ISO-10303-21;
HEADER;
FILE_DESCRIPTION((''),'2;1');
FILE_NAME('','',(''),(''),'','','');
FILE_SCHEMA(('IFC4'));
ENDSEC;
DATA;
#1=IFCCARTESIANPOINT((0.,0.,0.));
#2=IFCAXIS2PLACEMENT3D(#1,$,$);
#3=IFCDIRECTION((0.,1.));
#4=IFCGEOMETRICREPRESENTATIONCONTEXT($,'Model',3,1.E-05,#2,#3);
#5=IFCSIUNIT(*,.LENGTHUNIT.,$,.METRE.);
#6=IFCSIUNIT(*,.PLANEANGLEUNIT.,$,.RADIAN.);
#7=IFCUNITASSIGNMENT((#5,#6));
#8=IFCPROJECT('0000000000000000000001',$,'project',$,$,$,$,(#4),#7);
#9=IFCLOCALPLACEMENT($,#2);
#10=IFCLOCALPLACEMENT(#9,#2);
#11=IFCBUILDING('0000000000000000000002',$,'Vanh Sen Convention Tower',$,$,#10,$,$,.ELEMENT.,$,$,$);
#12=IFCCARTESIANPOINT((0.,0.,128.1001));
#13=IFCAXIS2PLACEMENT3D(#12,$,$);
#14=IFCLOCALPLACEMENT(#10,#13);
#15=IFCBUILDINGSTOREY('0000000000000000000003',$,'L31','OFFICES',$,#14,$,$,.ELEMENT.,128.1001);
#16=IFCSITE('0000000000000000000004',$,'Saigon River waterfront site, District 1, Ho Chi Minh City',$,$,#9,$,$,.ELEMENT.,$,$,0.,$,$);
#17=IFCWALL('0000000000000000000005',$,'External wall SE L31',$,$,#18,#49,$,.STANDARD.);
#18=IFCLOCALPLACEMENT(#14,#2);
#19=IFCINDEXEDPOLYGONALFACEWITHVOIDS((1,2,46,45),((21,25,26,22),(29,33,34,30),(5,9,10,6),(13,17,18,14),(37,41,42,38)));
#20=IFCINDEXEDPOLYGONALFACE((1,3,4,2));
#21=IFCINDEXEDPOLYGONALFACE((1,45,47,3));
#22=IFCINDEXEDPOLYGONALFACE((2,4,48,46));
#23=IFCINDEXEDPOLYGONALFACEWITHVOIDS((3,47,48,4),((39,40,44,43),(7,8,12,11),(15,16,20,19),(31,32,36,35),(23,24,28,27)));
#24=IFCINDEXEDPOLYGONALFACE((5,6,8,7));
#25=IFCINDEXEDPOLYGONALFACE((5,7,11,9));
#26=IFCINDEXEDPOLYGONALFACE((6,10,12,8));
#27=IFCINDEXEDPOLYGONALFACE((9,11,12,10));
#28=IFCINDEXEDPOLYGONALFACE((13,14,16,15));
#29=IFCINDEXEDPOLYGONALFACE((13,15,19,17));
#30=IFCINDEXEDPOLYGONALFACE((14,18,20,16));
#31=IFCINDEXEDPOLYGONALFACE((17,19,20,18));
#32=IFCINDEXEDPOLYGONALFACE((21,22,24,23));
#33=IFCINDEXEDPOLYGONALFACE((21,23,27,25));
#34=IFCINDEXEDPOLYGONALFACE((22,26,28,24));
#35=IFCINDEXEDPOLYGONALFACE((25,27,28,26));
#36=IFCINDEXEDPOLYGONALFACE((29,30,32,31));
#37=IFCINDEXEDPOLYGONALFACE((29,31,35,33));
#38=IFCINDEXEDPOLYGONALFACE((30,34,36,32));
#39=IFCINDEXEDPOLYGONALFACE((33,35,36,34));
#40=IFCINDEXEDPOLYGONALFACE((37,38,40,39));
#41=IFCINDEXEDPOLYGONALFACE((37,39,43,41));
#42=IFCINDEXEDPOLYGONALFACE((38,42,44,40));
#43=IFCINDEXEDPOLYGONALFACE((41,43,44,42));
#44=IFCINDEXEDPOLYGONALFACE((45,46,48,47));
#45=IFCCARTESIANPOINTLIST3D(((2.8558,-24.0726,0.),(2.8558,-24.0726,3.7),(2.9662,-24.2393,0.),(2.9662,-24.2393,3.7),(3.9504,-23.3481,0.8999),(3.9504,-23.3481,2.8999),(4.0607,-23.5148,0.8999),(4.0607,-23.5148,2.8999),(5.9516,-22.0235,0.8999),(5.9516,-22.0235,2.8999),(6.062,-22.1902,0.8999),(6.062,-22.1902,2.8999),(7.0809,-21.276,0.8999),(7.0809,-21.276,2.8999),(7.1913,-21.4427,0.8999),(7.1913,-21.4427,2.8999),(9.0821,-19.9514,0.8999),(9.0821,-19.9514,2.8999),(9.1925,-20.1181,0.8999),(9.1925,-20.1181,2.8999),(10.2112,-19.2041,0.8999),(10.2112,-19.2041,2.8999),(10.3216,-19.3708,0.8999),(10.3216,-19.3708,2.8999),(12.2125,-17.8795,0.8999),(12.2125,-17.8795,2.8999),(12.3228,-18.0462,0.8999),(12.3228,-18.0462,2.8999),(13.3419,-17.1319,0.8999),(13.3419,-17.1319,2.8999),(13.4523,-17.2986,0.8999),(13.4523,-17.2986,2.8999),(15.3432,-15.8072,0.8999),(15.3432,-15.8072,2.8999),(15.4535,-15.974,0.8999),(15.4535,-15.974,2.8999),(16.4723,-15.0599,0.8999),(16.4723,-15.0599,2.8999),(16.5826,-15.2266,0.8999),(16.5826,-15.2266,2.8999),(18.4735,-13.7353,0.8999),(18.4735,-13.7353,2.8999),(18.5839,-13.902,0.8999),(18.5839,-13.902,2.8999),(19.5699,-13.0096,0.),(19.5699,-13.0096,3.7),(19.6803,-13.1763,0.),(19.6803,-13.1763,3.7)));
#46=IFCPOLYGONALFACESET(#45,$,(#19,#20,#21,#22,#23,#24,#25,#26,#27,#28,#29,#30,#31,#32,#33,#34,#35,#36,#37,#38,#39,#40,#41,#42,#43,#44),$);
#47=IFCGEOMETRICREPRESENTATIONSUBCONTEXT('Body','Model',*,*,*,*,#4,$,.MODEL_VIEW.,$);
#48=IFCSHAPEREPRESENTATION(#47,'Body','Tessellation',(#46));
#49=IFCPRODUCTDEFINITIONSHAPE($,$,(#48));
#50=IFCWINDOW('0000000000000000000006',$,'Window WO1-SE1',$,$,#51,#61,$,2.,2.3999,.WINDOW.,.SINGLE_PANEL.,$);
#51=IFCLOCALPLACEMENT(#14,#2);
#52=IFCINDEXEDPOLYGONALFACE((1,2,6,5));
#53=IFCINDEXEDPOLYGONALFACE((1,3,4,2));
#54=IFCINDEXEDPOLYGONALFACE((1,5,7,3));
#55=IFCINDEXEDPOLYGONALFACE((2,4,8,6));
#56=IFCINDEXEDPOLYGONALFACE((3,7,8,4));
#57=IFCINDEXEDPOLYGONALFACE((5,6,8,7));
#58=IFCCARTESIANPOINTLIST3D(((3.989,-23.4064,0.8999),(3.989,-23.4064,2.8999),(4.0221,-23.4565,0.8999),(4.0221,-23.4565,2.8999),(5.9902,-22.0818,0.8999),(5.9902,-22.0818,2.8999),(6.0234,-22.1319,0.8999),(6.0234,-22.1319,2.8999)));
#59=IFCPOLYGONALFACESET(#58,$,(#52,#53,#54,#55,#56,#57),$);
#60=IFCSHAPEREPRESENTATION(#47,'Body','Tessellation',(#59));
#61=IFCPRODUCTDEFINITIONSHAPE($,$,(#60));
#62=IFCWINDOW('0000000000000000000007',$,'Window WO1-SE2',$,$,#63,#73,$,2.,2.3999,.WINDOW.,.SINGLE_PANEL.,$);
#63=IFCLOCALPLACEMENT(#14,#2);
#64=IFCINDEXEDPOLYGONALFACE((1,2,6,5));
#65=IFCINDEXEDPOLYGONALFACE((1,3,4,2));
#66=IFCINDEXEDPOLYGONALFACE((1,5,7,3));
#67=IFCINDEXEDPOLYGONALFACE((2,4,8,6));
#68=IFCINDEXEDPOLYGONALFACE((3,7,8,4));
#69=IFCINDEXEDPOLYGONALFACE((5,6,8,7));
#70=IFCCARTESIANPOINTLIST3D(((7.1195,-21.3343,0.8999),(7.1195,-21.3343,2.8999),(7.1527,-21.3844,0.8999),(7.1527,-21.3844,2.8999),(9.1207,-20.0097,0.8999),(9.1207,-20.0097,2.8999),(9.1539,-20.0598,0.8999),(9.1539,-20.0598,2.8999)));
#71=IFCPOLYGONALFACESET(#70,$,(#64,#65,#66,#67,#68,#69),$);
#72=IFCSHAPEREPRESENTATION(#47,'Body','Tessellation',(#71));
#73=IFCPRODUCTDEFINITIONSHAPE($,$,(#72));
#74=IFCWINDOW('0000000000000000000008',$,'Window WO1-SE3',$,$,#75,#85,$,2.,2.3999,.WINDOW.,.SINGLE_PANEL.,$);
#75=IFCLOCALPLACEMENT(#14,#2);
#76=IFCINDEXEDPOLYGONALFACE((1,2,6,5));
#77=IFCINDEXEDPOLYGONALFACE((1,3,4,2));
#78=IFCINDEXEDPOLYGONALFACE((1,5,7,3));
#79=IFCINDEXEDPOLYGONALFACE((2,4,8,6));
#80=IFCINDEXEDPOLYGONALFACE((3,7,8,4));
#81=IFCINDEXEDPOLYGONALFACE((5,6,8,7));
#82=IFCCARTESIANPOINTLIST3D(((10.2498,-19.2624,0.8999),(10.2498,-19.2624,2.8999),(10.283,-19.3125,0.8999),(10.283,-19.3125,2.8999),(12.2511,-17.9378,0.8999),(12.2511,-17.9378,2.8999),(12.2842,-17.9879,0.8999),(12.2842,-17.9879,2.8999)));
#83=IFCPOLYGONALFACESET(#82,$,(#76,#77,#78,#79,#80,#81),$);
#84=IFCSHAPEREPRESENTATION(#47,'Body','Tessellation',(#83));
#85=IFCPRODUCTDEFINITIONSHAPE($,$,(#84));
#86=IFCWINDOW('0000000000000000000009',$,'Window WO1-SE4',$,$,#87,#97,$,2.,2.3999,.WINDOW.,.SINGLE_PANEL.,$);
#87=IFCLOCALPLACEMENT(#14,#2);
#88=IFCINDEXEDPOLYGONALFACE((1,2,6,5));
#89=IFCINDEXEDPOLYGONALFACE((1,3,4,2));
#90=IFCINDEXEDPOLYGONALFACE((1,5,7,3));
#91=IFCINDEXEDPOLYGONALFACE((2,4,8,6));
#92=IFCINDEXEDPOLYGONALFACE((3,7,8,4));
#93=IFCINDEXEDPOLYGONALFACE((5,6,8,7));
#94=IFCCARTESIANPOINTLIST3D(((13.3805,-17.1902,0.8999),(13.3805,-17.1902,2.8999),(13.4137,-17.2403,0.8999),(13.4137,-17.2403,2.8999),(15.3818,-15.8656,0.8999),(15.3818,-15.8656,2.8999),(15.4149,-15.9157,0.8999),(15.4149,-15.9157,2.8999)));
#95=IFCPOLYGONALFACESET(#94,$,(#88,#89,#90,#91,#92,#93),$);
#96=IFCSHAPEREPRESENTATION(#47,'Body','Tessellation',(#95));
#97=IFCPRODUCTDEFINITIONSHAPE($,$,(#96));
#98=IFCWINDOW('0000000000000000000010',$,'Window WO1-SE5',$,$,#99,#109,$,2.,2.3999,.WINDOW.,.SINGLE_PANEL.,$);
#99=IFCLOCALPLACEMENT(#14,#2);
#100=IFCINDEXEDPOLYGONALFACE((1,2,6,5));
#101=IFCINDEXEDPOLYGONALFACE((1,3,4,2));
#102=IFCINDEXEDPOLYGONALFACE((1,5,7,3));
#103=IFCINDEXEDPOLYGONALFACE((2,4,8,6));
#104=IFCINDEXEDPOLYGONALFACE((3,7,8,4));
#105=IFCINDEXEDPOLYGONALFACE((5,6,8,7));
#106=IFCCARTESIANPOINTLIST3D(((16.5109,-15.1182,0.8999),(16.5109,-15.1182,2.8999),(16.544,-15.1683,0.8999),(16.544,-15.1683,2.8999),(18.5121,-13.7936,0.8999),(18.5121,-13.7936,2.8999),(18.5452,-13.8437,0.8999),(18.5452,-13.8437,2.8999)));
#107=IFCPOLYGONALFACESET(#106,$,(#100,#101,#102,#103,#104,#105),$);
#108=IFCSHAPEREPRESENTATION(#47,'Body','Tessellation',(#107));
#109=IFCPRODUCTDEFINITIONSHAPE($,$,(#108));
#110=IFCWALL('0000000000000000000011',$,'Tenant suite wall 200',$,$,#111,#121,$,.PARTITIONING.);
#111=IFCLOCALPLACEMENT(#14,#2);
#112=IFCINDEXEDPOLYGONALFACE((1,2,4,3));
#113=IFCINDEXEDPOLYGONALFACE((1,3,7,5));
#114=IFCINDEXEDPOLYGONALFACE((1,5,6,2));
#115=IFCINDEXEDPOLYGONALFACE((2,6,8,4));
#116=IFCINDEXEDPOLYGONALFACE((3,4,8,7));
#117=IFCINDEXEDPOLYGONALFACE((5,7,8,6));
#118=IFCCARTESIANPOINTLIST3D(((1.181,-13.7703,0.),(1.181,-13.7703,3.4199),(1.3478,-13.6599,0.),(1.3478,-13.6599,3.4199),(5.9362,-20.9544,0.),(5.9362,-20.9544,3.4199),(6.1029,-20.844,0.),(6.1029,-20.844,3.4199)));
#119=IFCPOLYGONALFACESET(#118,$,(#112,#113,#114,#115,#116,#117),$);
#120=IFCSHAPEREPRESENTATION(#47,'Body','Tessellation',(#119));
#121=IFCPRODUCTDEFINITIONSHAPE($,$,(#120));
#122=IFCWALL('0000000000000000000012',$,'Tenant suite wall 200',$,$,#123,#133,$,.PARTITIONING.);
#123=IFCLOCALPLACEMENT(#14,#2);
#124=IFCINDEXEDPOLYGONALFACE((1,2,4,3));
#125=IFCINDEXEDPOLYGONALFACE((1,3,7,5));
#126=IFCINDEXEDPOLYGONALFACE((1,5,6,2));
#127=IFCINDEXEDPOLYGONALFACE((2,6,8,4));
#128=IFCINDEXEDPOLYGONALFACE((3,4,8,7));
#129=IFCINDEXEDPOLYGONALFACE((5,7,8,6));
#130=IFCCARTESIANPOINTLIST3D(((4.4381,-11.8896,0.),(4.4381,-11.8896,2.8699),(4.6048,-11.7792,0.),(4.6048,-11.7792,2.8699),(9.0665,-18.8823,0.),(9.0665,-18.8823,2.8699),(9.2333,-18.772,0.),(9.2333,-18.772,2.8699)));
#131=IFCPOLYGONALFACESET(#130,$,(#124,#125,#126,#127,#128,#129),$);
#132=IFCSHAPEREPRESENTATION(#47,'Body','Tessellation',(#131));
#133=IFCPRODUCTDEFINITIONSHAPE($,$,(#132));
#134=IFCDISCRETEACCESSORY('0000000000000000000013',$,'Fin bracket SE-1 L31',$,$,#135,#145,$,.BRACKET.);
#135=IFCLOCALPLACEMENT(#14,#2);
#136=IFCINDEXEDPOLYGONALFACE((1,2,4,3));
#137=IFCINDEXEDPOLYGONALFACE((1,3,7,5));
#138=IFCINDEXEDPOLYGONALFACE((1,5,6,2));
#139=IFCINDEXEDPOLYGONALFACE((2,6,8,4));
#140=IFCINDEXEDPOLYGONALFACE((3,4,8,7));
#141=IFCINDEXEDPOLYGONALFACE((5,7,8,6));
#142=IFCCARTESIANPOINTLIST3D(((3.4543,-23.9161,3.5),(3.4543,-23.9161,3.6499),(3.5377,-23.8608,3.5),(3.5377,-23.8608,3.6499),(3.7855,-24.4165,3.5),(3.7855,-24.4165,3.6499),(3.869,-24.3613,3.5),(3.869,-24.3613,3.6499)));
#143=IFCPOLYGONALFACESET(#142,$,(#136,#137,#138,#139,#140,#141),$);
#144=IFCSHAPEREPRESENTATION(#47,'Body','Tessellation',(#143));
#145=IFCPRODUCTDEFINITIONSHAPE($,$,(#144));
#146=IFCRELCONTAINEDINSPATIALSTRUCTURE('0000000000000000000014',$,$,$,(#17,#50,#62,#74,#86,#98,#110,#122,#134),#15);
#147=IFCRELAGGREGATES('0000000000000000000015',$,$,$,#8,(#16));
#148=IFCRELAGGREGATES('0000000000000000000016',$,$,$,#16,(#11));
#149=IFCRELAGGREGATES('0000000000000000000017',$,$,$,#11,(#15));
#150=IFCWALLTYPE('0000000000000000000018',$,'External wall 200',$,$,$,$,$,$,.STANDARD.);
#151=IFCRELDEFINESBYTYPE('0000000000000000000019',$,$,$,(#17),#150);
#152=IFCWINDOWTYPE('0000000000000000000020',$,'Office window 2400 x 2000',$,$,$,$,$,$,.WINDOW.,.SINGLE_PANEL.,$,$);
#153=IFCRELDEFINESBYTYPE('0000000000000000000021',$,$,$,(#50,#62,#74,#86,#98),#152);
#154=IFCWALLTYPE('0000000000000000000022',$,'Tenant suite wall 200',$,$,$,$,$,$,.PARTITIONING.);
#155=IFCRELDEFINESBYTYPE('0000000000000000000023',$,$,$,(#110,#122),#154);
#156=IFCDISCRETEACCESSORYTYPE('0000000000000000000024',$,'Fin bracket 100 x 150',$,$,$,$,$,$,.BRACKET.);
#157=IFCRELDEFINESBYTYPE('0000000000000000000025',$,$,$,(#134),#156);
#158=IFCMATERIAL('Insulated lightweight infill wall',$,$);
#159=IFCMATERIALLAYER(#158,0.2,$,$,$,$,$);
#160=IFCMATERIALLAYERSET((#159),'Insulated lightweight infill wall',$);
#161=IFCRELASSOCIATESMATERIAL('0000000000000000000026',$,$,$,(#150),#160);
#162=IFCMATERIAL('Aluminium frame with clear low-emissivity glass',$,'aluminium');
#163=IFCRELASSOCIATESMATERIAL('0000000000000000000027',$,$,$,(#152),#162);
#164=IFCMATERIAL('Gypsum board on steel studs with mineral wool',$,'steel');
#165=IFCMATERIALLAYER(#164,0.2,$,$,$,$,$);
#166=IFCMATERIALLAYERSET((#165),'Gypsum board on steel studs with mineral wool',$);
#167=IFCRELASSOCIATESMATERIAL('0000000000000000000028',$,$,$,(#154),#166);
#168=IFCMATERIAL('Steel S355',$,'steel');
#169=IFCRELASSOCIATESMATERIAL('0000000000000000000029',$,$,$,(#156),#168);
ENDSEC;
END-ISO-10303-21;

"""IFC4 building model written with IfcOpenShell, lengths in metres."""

from ifc_helpers import new_model, si_unit, direction, frame, frame_2d, origin, origin_2d, place, context, subcontext, project, spatial, rectangle, extrude, material, layer, layer_set, type_object, element, fill, save


model = new_model("IFC4")

# Units and contexts
model_context = context("Model", 3, precision=1e-05, world=origin(), true_north=direction((0.0, 1.0)))
body_context = subcontext(model_context, "Body", "Model", "MODEL_VIEW")
ifc_project = project(units=[si_unit("LENGTHUNIT", "METRE"), si_unit("PLANEANGLEUNIT", "RADIAN")], contexts=[model_context])

# Site, building, storey
site_placement = place(None, origin())
site = spatial("IfcSite", under=ifc_project, at=site_placement, Name="Saigon River waterfront site, District 1, Ho Chi Minh City", CompositionType="ELEMENT", RefElevation=0.0)
building_placement = place(site_placement, origin())
building = spatial("IfcBuilding", under=site, at=building_placement, Name="Vanh Sen Convention Tower", CompositionType="ELEMENT")
storey_placement = place(building_placement, frame((0.0, 0.0, 128.1001)))
storey = spatial("IfcBuildingStorey", under=building, at=storey_placement, Name="L31", Description="OFFICES", CompositionType="ELEMENT", Elevation=128.1001)

# Shared definitions
ifc_material_1 = material(Name="Gypsum board on steel studs with mineral wool", Category="steel")

# Wall, openings, windows
ifc_material_2 = material(Name="Insulated lightweight infill wall")
ifc_layer_1 = layer(ifc_material_2, 0.2)
ifc_layer_set_1 = layer_set([ifc_layer_1], Name="Insulated lightweight infill wall")
wall_type_1 = type_object("IfcWallType", Name="External wall 200", PredefinedType="STANDARD", material=ifc_layer_set_1)
wall_1_placement = place(storey_placement, frame((2.9109, -24.156, 0.0), z_axis=(0.0, 0.0, 1.0), x_axis=(0.833882, 0.551943, 0.0)))
wall_1 = element("IfcWall", 1, at=wall_1_placement, inside=storey, type_object=wall_type_1, Name="External wall SE L31", PredefinedType="STANDARD", context=body_context, shape_type="SweptSolid", body=[
    extrude(rectangle(XDim=20.0437, YDim=0.2, at=frame_2d((10.022, 0.0))), origin(), (0.0, 0.0, 1.0), 3.7),
])
opening_1_placement = place(wall_1_placement, frame((1.3127, 0.0, 0.8999)))
opening_1 = element("IfcOpeningElement", 2, at=opening_1_placement, cuts=wall_1, PredefinedType="OPENING", context=body_context, shape_type="SweptSolid", body=[
    extrude(rectangle(XDim=2.3999, YDim=2.0, at=frame_2d((1.2, 1.0))), frame((0.0, 0.1099, 0.0), z_axis=(0.0, -1.0, 0.0), x_axis=(1.0, 0.0, 0.0)), (0.0, 0.0, 1.0), 0.22),
])
opening_2_placement = place(wall_1_placement, frame((5.0669, 0.0, 0.8999)))
opening_2 = element("IfcOpeningElement", 3, at=opening_2_placement, cuts=wall_1, PredefinedType="OPENING", context=body_context, shape_type="SweptSolid", body=[
    extrude(rectangle(XDim=2.3999, YDim=2.0, at=frame_2d((1.2, 1.0))), frame((0.0, 0.1099, 0.0), z_axis=(0.0, -1.0, 0.0), x_axis=(1.0, 0.0, 0.0)), (0.0, 0.0, 1.0), 0.22),
])
opening_3_placement = place(wall_1_placement, frame((8.8208, 0.0, 0.8999)))
opening_3 = element("IfcOpeningElement", 4, at=opening_3_placement, cuts=wall_1, PredefinedType="OPENING", context=body_context, shape_type="SweptSolid", body=[
    extrude(rectangle(XDim=2.3999, YDim=2.0, at=frame_2d((1.2, 1.0))), frame((0.0, 0.1099, 0.0), z_axis=(0.0, -1.0, 0.0), x_axis=(1.0, 0.0, 0.0)), (0.0, 0.0, 1.0), 0.22),
])
opening_4_placement = place(wall_1_placement, frame((12.5752, 0.0, 0.8999)))
opening_4 = element("IfcOpeningElement", 5, at=opening_4_placement, cuts=wall_1, PredefinedType="OPENING", context=body_context, shape_type="SweptSolid", body=[
    extrude(rectangle(XDim=2.3999, YDim=2.0, at=frame_2d((1.2, 1.0))), frame((0.0, 0.1099, 0.0), z_axis=(0.0, -1.0, 0.0), x_axis=(1.0, 0.0, 0.0)), (0.0, 0.0, 1.0), 0.22),
])
opening_5_placement = place(wall_1_placement, frame((16.3291, 0.0, 0.8999)))
opening_5 = element("IfcOpeningElement", 6, at=opening_5_placement, cuts=wall_1, PredefinedType="OPENING", context=body_context, shape_type="SweptSolid", body=[
    extrude(rectangle(XDim=2.3999, YDim=2.0, at=frame_2d((1.2, 1.0))), frame((0.0, 0.1099, 0.0), z_axis=(0.0, -1.0, 0.0), x_axis=(1.0, 0.0, 0.0)), (0.0, 0.0, 1.0), 0.22),
])
ifc_material_3 = material(Name="Aluminium frame with clear low-emissivity glass", Category="aluminium")
window_type = type_object("IfcWindowType", Name="Office window 2400 x 2000", PartitioningType="SINGLE_PANEL", PredefinedType="WINDOW", material=ifc_material_3)
window_1_placement = place(opening_1_placement, origin())
window_1 = element("IfcWindow", 7, at=window_1_placement, inside=storey, type_object=window_type, Name="Window WO1-SE1", OverallHeight=2.0, OverallWidth=2.3999, PartitioningType="SINGLE_PANEL", PredefinedType="WINDOW", context=body_context, shape_type="SweptSolid", body=[
    extrude(rectangle(XDim=2.3999, YDim=2.0, at=frame_2d((1.2, 1.0))), frame((0.0, 0.03, 0.0), z_axis=(0.0, -1.0, 0.0), x_axis=(1.0, 0.0, 0.0)), (0.0, 0.0, 1.0), 0.0601),
])
fill(opening_1, window_1)
window_2_placement = place(opening_2_placement, origin())
window_2 = element("IfcWindow", 8, at=window_2_placement, inside=storey, type_object=window_type, Name="Window WO1-SE2", OverallHeight=2.0, OverallWidth=2.3999, PartitioningType="SINGLE_PANEL", PredefinedType="WINDOW", context=body_context, shape_type="SweptSolid", body=[
    extrude(rectangle(XDim=2.3999, YDim=2.0, at=frame_2d((1.2, 1.0))), frame((0.0, 0.03, 0.0), z_axis=(0.0, -1.0, 0.0), x_axis=(1.0, 0.0, 0.0)), (0.0, 0.0, 1.0), 0.0601),
])
fill(opening_2, window_2)
window_3_placement = place(opening_3_placement, origin())
window_3 = element("IfcWindow", 9, at=window_3_placement, inside=storey, type_object=window_type, Name="Window WO1-SE3", OverallHeight=2.0, OverallWidth=2.3999, PartitioningType="SINGLE_PANEL", PredefinedType="WINDOW", context=body_context, shape_type="SweptSolid", body=[
    extrude(rectangle(XDim=2.3999, YDim=2.0, at=frame_2d((1.2, 1.0))), frame((0.0, 0.03, 0.0), z_axis=(0.0, -1.0, 0.0), x_axis=(1.0, 0.0, 0.0)), (0.0, 0.0, 1.0), 0.0601),
])
fill(opening_3, window_3)
window_4_placement = place(opening_4_placement, origin())
window_4 = element("IfcWindow", 10, at=window_4_placement, inside=storey, type_object=window_type, Name="Window WO1-SE4", OverallHeight=2.0, OverallWidth=2.3999, PartitioningType="SINGLE_PANEL", PredefinedType="WINDOW", context=body_context, shape_type="SweptSolid", body=[
    extrude(rectangle(XDim=2.3999, YDim=2.0, at=frame_2d((1.2, 1.0))), frame((0.0, 0.03, 0.0), z_axis=(0.0, -1.0, 0.0), x_axis=(1.0, 0.0, 0.0)), (0.0, 0.0, 1.0), 0.0601),
])
fill(opening_4, window_4)
window_5_placement = place(opening_5_placement, origin())
window_5 = element("IfcWindow", 11, at=window_5_placement, inside=storey, type_object=window_type, Name="Window WO1-SE5", OverallHeight=2.0, OverallWidth=2.3999, PartitioningType="SINGLE_PANEL", PredefinedType="WINDOW", context=body_context, shape_type="SweptSolid", body=[
    extrude(rectangle(XDim=2.3999, YDim=2.0, at=frame_2d((1.2, 1.0))), frame((0.0, 0.03, 0.0), z_axis=(0.0, -1.0, 0.0), x_axis=(1.0, 0.0, 0.0)), (0.0, 0.0, 1.0), 0.0601),
])
fill(opening_5, window_5)

# Walls
ifc_layer_2 = layer(ifc_material_1, 0.2)
ifc_layer_set_2 = layer_set([ifc_layer_2], Name="Gypsum board on steel studs with mineral wool")
wall_type_2 = type_object("IfcWallType", Name="Tenant suite wall 200", PredefinedType="PARTITIONING", material=ifc_layer_set_2)
wall_2_placement = place(storey_placement, frame((6.0195, -20.8992, 0.0), z_axis=(0.0, 0.0, 1.0), x_axis=(-0.551944, 0.833881, 0.0)))
element("IfcWall", 12, at=wall_2_placement, inside=storey, type_object=wall_type_2, Name="Tenant suite wall 200", PredefinedType="PARTITIONING", context=body_context, shape_type="SweptSolid", body=[
    extrude(rectangle(XDim=8.6152, YDim=0.2, at=frame_2d((4.3076, 0.0))), origin(), (0.0, 0.0, 1.0), 3.4199),
])
wall_3_placement = place(storey_placement, frame((9.1499, -18.8271, 0.0), z_axis=(0.0, 0.0, 1.0), x_axis=(-0.551943, 0.833882, 0.0)))
element("IfcWall", 13, at=wall_3_placement, inside=storey, type_object=wall_type_2, Name="Tenant suite wall 200", PredefinedType="PARTITIONING", context=body_context, shape_type="SweptSolid", body=[
    extrude(rectangle(XDim=8.3857, YDim=0.2, at=frame_2d((4.1929, 0.0))), origin(), (0.0, 0.0, 1.0), 2.8699),
])

# Discrete accessory
ifc_material_4 = material(Name="Steel S355", Category="steel")
discrete_accessory_type = type_object("IfcDiscreteAccessoryType", Name="Fin bracket 100 x 150", PredefinedType="BRACKET", material=ifc_material_4)
discrete_accessory_placement = place(storey_placement, frame((3.6616, -24.1387, 3.5), z_axis=(0.0, 0.0, 1.0), x_axis=(0.551937, -0.833886, 0.0)))
element("IfcDiscreteAccessory", 14, at=discrete_accessory_placement, inside=storey, type_object=discrete_accessory_type, Name="Fin bracket SE-1 L31", PredefinedType="BRACKET", context=body_context, shape_type="SweptSolid", body=[
    extrude(rectangle(XDim=0.6001, YDim=0.1001, at=origin_2d()), origin(), (0.0, 0.0, 1.0), 0.1499),
])

save(model, "model.ifc")
